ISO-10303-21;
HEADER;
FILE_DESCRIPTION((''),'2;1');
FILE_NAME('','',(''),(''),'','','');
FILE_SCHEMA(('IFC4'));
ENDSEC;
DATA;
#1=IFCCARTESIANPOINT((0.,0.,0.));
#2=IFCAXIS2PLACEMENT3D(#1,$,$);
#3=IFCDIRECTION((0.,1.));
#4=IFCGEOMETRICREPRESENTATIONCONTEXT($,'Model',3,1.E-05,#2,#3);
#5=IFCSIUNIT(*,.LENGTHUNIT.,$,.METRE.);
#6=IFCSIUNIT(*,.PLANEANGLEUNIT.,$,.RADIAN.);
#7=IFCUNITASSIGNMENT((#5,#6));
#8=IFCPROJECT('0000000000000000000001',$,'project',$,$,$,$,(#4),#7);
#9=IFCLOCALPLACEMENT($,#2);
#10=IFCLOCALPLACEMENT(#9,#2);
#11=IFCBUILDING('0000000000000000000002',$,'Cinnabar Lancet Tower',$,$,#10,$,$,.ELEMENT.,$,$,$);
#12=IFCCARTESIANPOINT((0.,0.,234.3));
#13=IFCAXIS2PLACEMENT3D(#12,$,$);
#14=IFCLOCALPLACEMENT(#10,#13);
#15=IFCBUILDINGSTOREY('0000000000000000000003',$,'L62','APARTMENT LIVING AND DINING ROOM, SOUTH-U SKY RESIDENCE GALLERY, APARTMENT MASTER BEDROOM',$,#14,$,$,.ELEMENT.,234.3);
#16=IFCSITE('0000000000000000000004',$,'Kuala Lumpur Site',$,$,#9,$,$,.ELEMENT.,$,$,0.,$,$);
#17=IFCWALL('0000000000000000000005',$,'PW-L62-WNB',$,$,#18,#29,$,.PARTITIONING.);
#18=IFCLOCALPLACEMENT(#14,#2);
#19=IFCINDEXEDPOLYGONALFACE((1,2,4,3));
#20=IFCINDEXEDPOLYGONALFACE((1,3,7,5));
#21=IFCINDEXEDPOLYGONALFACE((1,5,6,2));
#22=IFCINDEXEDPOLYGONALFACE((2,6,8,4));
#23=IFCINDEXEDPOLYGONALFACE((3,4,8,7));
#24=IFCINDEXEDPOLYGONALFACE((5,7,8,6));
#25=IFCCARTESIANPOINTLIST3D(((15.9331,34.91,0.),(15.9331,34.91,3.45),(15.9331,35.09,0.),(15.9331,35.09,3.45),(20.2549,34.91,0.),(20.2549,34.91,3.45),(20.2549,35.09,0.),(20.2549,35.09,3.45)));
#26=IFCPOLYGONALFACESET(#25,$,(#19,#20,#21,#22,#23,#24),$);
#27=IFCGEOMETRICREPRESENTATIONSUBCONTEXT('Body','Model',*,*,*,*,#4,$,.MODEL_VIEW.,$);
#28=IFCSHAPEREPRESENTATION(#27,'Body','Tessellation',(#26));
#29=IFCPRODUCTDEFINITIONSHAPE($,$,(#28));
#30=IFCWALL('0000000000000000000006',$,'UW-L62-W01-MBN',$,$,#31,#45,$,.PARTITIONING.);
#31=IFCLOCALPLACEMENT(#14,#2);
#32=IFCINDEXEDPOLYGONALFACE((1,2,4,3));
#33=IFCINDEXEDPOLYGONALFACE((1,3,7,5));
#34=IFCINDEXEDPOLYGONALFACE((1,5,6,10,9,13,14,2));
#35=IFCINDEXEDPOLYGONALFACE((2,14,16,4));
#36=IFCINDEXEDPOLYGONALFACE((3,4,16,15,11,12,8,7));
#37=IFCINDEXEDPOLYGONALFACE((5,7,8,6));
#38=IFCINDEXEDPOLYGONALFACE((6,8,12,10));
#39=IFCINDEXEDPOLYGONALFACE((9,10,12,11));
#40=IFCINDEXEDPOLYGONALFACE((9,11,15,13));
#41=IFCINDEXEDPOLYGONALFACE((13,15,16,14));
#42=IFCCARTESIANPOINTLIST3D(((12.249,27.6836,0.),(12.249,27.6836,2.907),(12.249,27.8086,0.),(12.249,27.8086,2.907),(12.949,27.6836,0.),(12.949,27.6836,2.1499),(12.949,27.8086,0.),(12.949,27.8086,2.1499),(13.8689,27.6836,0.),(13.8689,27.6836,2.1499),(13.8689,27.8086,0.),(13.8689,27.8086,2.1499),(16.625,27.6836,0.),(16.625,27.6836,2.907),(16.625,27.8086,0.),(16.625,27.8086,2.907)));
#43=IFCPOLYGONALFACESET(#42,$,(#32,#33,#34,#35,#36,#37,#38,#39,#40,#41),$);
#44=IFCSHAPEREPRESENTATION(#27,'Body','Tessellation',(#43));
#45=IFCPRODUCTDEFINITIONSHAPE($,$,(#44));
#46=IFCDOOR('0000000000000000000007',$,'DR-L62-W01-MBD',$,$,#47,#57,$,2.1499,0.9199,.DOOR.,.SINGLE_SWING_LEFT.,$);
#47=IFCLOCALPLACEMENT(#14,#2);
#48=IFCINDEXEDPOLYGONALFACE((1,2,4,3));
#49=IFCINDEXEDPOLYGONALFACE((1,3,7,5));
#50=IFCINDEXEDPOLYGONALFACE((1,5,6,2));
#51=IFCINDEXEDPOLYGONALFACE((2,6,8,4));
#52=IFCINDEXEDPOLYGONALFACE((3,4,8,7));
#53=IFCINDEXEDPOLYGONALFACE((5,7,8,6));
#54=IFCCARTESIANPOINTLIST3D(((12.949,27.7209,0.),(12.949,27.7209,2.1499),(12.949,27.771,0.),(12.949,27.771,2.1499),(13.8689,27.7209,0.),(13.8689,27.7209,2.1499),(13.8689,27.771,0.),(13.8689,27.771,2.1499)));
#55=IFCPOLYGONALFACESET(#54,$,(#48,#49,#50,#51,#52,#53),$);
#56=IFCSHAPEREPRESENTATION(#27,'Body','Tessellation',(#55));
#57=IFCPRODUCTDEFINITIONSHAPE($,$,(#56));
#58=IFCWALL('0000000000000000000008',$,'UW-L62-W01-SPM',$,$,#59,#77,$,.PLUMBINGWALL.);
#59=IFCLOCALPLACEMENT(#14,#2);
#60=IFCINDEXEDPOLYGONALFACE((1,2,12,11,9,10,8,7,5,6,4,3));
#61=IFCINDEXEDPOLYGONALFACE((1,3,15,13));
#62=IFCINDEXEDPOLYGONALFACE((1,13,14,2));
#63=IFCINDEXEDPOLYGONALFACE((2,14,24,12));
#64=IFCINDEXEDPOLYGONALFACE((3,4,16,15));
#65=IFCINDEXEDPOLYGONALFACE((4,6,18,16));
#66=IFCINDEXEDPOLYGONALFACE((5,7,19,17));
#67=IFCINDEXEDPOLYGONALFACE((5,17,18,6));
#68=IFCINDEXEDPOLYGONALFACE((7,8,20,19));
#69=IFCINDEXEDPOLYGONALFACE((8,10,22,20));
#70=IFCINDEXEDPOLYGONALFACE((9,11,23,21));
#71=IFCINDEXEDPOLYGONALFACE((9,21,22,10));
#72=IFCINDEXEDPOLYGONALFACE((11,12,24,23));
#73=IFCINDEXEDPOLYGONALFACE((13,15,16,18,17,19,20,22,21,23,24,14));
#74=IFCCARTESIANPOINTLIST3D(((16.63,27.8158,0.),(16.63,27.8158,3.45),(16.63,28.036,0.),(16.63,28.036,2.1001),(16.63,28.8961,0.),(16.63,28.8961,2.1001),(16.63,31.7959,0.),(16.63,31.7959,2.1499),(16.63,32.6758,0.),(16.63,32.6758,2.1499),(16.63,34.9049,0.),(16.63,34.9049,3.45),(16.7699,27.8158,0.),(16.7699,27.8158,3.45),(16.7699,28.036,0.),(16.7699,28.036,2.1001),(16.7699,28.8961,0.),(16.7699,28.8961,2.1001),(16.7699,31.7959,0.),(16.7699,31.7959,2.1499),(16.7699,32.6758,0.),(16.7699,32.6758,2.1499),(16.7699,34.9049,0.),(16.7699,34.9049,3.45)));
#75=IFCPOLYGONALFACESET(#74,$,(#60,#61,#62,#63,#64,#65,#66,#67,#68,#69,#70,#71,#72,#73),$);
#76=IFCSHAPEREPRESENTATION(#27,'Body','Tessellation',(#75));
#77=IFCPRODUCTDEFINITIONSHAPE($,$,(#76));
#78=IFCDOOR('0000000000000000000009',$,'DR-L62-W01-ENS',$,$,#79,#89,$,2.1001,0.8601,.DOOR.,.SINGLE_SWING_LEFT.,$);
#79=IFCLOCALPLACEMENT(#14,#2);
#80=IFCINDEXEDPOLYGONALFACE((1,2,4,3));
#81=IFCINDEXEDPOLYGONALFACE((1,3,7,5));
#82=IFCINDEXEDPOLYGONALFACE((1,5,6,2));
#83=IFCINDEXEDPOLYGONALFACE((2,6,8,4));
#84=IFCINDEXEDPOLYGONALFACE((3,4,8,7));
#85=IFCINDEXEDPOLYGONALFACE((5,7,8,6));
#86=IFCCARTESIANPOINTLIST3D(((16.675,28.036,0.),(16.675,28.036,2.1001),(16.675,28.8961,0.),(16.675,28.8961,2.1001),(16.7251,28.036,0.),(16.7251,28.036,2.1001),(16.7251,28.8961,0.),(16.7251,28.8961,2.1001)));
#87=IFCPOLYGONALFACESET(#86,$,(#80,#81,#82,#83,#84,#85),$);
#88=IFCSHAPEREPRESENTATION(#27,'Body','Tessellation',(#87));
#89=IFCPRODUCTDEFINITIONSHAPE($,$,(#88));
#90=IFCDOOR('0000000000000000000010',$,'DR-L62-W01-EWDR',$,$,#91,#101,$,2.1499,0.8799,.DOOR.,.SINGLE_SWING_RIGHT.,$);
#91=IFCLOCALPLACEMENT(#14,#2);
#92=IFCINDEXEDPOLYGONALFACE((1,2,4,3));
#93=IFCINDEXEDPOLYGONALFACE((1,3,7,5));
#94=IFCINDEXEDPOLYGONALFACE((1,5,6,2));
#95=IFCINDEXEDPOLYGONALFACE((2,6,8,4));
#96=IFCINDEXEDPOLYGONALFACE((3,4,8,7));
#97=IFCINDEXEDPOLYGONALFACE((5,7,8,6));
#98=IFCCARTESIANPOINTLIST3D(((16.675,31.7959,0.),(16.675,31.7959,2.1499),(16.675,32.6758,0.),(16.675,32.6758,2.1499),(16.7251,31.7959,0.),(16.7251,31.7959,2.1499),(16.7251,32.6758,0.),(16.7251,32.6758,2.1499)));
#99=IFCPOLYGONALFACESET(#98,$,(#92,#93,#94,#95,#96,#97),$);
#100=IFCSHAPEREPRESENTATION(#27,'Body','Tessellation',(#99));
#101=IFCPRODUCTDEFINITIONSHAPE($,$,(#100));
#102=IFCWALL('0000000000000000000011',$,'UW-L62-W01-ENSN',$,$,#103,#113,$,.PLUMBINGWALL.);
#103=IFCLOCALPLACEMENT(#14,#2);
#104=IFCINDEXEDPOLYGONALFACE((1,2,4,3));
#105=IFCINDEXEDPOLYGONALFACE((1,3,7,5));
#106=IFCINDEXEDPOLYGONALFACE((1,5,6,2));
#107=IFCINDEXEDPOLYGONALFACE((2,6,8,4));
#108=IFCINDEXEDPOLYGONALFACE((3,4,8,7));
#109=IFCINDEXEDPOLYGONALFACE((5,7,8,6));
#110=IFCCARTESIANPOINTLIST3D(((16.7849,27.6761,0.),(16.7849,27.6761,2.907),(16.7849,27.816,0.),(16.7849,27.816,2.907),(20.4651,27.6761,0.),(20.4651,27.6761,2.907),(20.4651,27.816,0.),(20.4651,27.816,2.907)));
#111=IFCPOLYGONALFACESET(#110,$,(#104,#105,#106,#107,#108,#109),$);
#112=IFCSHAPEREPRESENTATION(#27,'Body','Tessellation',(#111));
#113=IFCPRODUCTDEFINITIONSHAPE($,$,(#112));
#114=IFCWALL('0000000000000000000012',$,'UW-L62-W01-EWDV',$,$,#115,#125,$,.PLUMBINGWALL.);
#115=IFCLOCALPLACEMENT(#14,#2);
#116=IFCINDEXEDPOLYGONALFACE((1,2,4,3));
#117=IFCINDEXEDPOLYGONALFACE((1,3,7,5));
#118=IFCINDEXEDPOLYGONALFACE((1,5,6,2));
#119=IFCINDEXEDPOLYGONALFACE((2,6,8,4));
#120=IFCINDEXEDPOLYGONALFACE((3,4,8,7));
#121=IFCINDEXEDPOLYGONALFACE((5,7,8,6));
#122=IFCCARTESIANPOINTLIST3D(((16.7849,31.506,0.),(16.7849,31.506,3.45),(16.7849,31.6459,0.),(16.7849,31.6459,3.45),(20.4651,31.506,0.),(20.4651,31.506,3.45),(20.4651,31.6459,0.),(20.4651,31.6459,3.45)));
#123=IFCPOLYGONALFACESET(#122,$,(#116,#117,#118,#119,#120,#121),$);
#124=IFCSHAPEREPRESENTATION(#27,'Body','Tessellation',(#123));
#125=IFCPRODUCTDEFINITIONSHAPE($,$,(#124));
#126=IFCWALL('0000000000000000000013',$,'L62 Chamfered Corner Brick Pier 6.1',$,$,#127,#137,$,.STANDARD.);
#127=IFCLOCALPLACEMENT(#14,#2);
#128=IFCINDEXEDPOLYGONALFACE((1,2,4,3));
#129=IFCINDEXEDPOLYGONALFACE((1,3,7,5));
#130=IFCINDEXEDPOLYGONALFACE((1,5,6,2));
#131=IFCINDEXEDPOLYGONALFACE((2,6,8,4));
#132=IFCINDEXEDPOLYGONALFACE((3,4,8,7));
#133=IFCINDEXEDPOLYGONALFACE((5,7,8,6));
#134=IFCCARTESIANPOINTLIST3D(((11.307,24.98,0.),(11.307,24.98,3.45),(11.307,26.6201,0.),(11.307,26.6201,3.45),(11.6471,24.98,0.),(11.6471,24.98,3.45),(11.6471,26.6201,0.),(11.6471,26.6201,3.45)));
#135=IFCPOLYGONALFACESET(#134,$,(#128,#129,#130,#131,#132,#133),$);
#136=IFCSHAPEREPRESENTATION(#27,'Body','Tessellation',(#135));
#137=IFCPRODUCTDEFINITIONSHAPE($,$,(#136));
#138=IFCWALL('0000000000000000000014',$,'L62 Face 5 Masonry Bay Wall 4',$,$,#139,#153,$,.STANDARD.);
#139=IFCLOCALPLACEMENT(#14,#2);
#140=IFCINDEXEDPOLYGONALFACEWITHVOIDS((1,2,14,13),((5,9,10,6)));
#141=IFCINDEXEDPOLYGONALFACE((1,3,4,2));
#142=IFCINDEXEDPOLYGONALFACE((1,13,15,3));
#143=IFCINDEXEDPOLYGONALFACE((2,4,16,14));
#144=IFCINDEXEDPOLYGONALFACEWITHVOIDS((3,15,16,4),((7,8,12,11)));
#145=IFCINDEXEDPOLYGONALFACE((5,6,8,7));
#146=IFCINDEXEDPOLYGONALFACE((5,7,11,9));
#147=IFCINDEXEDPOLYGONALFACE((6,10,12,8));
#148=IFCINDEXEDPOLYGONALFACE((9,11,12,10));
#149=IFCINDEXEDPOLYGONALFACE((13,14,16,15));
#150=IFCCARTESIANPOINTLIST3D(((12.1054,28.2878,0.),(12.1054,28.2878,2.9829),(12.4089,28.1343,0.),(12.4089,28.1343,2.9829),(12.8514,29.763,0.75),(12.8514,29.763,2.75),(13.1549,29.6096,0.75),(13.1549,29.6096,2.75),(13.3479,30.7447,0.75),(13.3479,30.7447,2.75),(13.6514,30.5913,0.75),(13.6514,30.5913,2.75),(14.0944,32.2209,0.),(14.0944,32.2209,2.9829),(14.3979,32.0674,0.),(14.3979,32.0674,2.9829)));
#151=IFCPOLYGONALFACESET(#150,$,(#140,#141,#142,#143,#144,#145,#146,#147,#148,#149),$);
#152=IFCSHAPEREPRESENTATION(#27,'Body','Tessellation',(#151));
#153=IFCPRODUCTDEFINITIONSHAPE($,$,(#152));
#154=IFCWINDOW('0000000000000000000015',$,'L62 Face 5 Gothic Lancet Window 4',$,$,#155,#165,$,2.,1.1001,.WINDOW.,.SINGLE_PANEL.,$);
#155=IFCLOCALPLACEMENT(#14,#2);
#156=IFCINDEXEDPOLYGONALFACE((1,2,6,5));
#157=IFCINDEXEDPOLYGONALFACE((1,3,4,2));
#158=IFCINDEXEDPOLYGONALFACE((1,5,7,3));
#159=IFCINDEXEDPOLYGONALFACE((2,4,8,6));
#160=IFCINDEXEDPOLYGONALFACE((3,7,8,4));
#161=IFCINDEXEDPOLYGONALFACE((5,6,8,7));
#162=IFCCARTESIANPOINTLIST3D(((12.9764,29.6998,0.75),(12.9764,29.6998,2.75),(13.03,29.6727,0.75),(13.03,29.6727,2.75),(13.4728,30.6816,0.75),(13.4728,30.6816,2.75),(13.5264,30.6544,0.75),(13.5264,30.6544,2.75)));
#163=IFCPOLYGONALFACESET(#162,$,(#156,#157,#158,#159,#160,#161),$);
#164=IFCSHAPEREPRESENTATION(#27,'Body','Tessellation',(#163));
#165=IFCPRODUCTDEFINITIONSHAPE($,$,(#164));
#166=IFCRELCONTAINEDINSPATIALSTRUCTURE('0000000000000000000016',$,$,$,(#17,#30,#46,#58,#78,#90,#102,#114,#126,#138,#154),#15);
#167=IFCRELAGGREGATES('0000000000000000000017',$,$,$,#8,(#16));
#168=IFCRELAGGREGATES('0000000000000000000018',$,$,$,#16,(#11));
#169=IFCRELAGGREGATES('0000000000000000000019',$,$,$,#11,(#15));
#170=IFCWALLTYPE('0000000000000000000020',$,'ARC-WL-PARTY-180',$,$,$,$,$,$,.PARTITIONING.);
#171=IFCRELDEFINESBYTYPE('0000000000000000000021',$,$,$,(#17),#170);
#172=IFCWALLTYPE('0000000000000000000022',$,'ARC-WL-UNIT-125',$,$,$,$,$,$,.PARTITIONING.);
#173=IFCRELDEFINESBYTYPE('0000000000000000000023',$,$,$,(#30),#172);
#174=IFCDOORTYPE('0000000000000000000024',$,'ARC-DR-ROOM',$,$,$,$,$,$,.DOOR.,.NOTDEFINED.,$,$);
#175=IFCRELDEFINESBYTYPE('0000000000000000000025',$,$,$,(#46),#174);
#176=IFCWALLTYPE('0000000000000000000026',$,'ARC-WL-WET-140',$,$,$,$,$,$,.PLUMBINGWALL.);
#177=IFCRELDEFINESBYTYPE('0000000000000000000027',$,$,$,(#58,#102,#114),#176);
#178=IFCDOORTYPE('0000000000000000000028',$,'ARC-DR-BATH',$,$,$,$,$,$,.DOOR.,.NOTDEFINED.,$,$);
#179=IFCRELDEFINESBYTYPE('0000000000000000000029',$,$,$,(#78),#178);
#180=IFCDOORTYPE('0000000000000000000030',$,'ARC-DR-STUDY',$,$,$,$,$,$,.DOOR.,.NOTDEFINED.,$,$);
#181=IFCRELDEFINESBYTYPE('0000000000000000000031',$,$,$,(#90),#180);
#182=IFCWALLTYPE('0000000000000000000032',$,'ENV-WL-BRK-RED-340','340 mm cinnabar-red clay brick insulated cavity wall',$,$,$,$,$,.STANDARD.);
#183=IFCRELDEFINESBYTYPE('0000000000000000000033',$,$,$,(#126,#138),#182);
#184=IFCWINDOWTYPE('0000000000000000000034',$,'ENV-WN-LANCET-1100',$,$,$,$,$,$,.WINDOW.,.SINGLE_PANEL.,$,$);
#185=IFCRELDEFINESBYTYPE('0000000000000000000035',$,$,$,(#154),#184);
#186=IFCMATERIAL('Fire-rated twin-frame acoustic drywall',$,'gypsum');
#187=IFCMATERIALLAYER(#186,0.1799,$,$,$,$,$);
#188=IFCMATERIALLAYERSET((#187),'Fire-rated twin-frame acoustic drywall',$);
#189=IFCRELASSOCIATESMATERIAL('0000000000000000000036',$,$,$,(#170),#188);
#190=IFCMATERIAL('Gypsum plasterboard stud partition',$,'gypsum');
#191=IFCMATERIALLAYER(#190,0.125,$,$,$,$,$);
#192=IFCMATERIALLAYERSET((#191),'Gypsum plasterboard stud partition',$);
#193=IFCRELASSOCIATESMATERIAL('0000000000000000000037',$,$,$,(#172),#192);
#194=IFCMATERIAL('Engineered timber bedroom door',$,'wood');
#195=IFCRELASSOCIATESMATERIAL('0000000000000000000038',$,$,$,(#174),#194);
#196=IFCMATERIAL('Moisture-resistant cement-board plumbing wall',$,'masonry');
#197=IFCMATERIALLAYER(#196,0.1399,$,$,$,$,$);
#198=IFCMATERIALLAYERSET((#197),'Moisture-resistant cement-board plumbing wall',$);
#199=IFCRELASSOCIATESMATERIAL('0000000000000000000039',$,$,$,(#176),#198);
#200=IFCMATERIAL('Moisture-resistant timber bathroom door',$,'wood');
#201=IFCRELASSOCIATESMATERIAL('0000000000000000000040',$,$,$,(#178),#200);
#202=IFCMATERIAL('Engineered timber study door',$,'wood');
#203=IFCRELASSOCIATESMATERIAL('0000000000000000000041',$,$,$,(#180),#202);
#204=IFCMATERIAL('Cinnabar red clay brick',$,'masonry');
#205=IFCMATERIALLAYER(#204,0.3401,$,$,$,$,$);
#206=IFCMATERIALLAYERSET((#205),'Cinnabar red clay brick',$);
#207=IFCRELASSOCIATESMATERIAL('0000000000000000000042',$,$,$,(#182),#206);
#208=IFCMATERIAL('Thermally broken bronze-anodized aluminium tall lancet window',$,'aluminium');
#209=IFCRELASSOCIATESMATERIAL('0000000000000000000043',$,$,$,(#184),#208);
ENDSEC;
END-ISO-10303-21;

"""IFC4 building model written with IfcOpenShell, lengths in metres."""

from ifc_helpers import new_model, si_unit, direction, frame, frame_2d, origin, place, context, subcontext, project, spatial, rectangle, extrude, material, layer, layer_set, type_object, element, fill, save


model = new_model("IFC4")

# Units and contexts
model_context = context("Model", 3, precision=1e-05, world=origin(), true_north=direction((0.0, 1.0)))
body_context = subcontext(model_context, "Body", "Model", "MODEL_VIEW")
ifc_project = project(units=[si_unit("LENGTHUNIT", "METRE"), si_unit("PLANEANGLEUNIT", "RADIAN")], contexts=[model_context])

# Site, building, storey
site_placement = place(None, origin())
site = spatial("IfcSite", under=ifc_project, at=site_placement, Name="Kuala Lumpur Site", CompositionType="ELEMENT", RefElevation=0.0)
building_placement = place(site_placement, origin())
building = spatial("IfcBuilding", under=site, at=building_placement, Name="Cinnabar Lancet Tower", CompositionType="ELEMENT")
storey_placement = place(building_placement, frame((0.0, 0.0, 234.3)))
storey = spatial("IfcBuildingStorey", under=building, at=storey_placement, Name="L62", Description="APARTMENT LIVING AND DINING ROOM, SOUTH-U SKY RESIDENCE GALLERY, APARTMENT MASTER BEDROOM", CompositionType="ELEMENT", Elevation=234.3)

# Wall
ifc_material_1 = material(Name="Fire-rated twin-frame acoustic drywall", Category="gypsum")
ifc_layer_1 = layer(ifc_material_1, 0.1799)
ifc_layer_set_1 = layer_set([ifc_layer_1], Name="Fire-rated twin-frame acoustic drywall")
wall_type_1 = type_object("IfcWallType", Name="ARC-WL-PARTY-180", PredefinedType="PARTITIONING", material=ifc_layer_set_1)
wall_1_placement = place(storey_placement, frame((15.9331, 35.0, 0.0), z_axis=(0.0, 0.0, 1.0), x_axis=(1.0, 0.0, 0.0)))
element("IfcWall", 1, at=wall_1_placement, inside=storey, type_object=wall_type_1, Name="PW-L62-WNB", PredefinedType="PARTITIONING", context=body_context, shape_type="SweptSolid", body=[
    extrude(rectangle(XDim=4.3218, YDim=0.1799, at=frame_2d((2.1609, 0.0))), origin(), (0.0, 0.0, 1.0), 3.45),
])

# Wall, opening, door
ifc_material_2 = material(Name="Gypsum plasterboard stud partition", Category="gypsum")
ifc_layer_2 = layer(ifc_material_2, 0.125)
ifc_layer_set_2 = layer_set([ifc_layer_2], Name="Gypsum plasterboard stud partition")
wall_type_2 = type_object("IfcWallType", Name="ARC-WL-UNIT-125", PredefinedType="PARTITIONING", material=ifc_layer_set_2)
wall_2_placement = place(storey_placement, frame((12.249, 27.7461, 0.0), z_axis=(0.0, 0.0, 1.0), x_axis=(1.0, 0.0, 0.0)))
wall_2 = element("IfcWall", 2, at=wall_2_placement, inside=storey, type_object=wall_type_2, Name="UW-L62-W01-MBN", PredefinedType="PARTITIONING", context=body_context, shape_type="SweptSolid", body=[
    extrude(rectangle(XDim=4.376, YDim=0.125, at=frame_2d((2.188, 0.0))), origin(), (0.0, 0.0, 1.0), 2.907),
])
opening_1_placement = place(wall_2_placement, frame((0.7, 0.0, 0.0)))
opening_1 = element("IfcOpeningElement", 3, at=opening_1_placement, cuts=wall_2, PredefinedType="OPENING", context=body_context, shape_type="SweptSolid", body=[
    extrude(rectangle(XDim=0.9199, YDim=2.1499, at=frame_2d((0.46, 1.075))), frame((0.0, 0.0725, 0.0), z_axis=(0.0, -1.0, 0.0), x_axis=(1.0, 0.0, 0.0)), (0.0, 0.0, 1.0), 0.145),
])
ifc_material_3 = material(Name="Engineered timber bedroom door", Category="wood")
door_type_1 = type_object("IfcDoorType", Name="ARC-DR-ROOM", OperationType="NOTDEFINED", PredefinedType="DOOR", material=ifc_material_3)
door_1_placement = place(opening_1_placement, origin())
door_1 = element("IfcDoor", 4, at=door_1_placement, inside=storey, type_object=door_type_1, Name="DR-L62-W01-MBD", OperationType="SINGLE_SWING_LEFT", OverallHeight=2.1499, OverallWidth=0.9199, PredefinedType="DOOR", context=body_context, shape_type="SweptSolid", body=[
    extrude(rectangle(XDim=0.9199, YDim=2.1499, at=frame_2d((0.46, 1.075))), frame((0.0, 0.0249, 0.0), z_axis=(0.0, -1.0, 0.0), x_axis=(1.0, 0.0, 0.0)), (0.0, 0.0, 1.0), 0.05),
])
fill(opening_1, door_1)

# Wall, openings, doors
ifc_material_4 = material(Name="Moisture-resistant cement-board plumbing wall", Category="masonry")
ifc_layer_3 = layer(ifc_material_4, 0.1399)
ifc_layer_set_3 = layer_set([ifc_layer_3], Name="Moisture-resistant cement-board plumbing wall")
wall_type_3 = type_object("IfcWallType", Name="ARC-WL-WET-140", PredefinedType="PLUMBINGWALL", material=ifc_layer_set_3)
wall_3_placement = place(storey_placement, frame((16.7, 27.8159, 0.0), z_axis=(0.0, 0.0, 1.0), x_axis=(0.0, 1.0, 0.0)))
wall_3 = element("IfcWall", 5, at=wall_3_placement, inside=storey, type_object=wall_type_3, Name="UW-L62-W01-SPM", PredefinedType="PLUMBINGWALL", context=body_context, shape_type="SweptSolid", body=[
    extrude(rectangle(XDim=7.0891, YDim=0.1399, at=frame_2d((3.5444, 0.0))), origin(), (0.0, 0.0, 1.0), 3.45),
])
opening_2_placement = place(wall_3_placement, frame((0.22, 0.0, 0.0)))
opening_2 = element("IfcOpeningElement", 6, at=opening_2_placement, cuts=wall_3, PredefinedType="OPENING", context=body_context, shape_type="SweptSolid", body=[
    extrude(rectangle(XDim=0.8601, YDim=2.1001, at=frame_2d((0.4302, 1.05))), frame((0.0, 0.0798, 0.0), z_axis=(0.0, -1.0, 0.0), x_axis=(1.0, 0.0, 0.0)), (0.0, 0.0, 1.0), 0.1599),
])
opening_3_placement = place(wall_3_placement, frame((3.98, 0.0, 0.0)))
opening_3 = element("IfcOpeningElement", 7, at=opening_3_placement, cuts=wall_3, PredefinedType="OPENING", context=body_context, shape_type="SweptSolid", body=[
    extrude(rectangle(XDim=0.8799, YDim=2.1499, at=frame_2d((0.4399, 1.075))), frame((0.0, 0.0798, 0.0), z_axis=(0.0, -1.0, 0.0), x_axis=(1.0, 0.0, 0.0)), (0.0, 0.0, 1.0), 0.1599),
])
ifc_material_5 = material(Name="Moisture-resistant timber bathroom door", Category="wood")
door_type_2 = type_object("IfcDoorType", Name="ARC-DR-BATH", OperationType="NOTDEFINED", PredefinedType="DOOR", material=ifc_material_5)
door_2_placement = place(opening_2_placement, origin())
door_2 = element("IfcDoor", 8, at=door_2_placement, inside=storey, type_object=door_type_2, Name="DR-L62-W01-ENS", OperationType="SINGLE_SWING_LEFT", OverallHeight=2.1001, OverallWidth=0.8601, PredefinedType="DOOR", context=body_context, shape_type="SweptSolid", body=[
    extrude(rectangle(XDim=0.8601, YDim=2.1001, at=frame_2d((0.4302, 1.05))), frame((0.0, 0.0249, 0.0), z_axis=(0.0, -1.0, 0.0), x_axis=(1.0, 0.0, 0.0)), (0.0, 0.0, 1.0), 0.05),
])
fill(opening_2, door_2)
ifc_material_6 = material(Name="Engineered timber study door", Category="wood")
door_type_3 = type_object("IfcDoorType", Name="ARC-DR-STUDY", OperationType="NOTDEFINED", PredefinedType="DOOR", material=ifc_material_6)
door_3_placement = place(opening_3_placement, origin())
door_3 = element("IfcDoor", 9, at=door_3_placement, inside=storey, type_object=door_type_3, Name="DR-L62-W01-EWDR", OperationType="SINGLE_SWING_RIGHT", OverallHeight=2.1499, OverallWidth=0.8799, PredefinedType="DOOR", context=body_context, shape_type="SweptSolid", body=[
    extrude(rectangle(XDim=0.8799, YDim=2.1499, at=frame_2d((0.4399, 1.075))), frame((0.0, 0.0249, 0.0), z_axis=(0.0, -1.0, 0.0), x_axis=(1.0, 0.0, 0.0)), (0.0, 0.0, 1.0), 0.05),
])
fill(opening_3, door_3)

# Walls
wall_4_placement = place(storey_placement, frame((16.7849, 27.7461, 0.0), z_axis=(0.0, 0.0, 1.0), x_axis=(1.0, 0.0, 0.0)))
element("IfcWall", 10, at=wall_4_placement, inside=storey, type_object=wall_type_3, Name="UW-L62-W01-ENSN", PredefinedType="PLUMBINGWALL", context=body_context, shape_type="SweptSolid", body=[
    extrude(rectangle(XDim=3.6802, YDim=0.1399, at=frame_2d((1.8401, 0.0))), origin(), (0.0, 0.0, 1.0), 2.907),
])
wall_5_placement = place(storey_placement, frame((16.7849, 31.5759, 0.0), z_axis=(0.0, 0.0, 1.0), x_axis=(1.0, 0.0, 0.0)))
element("IfcWall", 11, at=wall_5_placement, inside=storey, type_object=wall_type_3, Name="UW-L62-W01-EWDV", PredefinedType="PLUMBINGWALL", context=body_context, shape_type="SweptSolid", body=[
    extrude(rectangle(XDim=3.6802, YDim=0.1399, at=frame_2d((1.8401, 0.0))), origin(), (0.0, 0.0, 1.0), 3.45),
])
ifc_material_7 = material(Name="Cinnabar red clay brick", Category="masonry")
ifc_layer_4 = layer(ifc_material_7, 0.3401)
ifc_layer_set_4 = layer_set([ifc_layer_4], Name="Cinnabar red clay brick")
wall_type_4 = type_object("IfcWallType", Name="ENV-WL-BRK-RED-340", Description="340 mm cinnabar-red clay brick insulated cavity wall", PredefinedType="STANDARD", material=ifc_layer_set_4)
wall_6_placement = place(storey_placement, frame((11.4771, 26.6201, 0.0), z_axis=(0.0, 0.0, 1.0), x_axis=(0.0, -1.0, 0.0)))
element("IfcWall", 12, at=wall_6_placement, inside=storey, type_object=wall_type_4, Name="L62 Chamfered Corner Brick Pier 6.1", PredefinedType="STANDARD", context=body_context, shape_type="SweptSolid", body=[
    extrude(rectangle(XDim=1.6401, YDim=0.3401, at=frame_2d((0.8201, 0.0))), origin(), (0.0, 0.0, 1.0), 3.45),
])

# Wall, opening, window
wall_7_placement = place(storey_placement, frame((14.2461, 32.144, 0.0), z_axis=(0.0, 0.0, 1.0), x_axis=(-0.451286, -0.892379, 0.0)))
wall_7 = element("IfcWall", 13, at=wall_7_placement, inside=storey, type_object=wall_type_4, Name="L62 Face 5 Masonry Bay Wall 4", PredefinedType="STANDARD", context=body_context, shape_type="SweptSolid", body=[
    extrude(rectangle(XDim=4.4075, YDim=0.3401, at=frame_2d((2.2036, 0.0))), origin(), (0.0, 0.0, 1.0), 2.9829),
])
opening_4_placement = place(wall_7_placement, frame((1.6541, 0.0, 0.75)))
opening_4 = element("IfcOpeningElement", 14, at=opening_4_placement, cuts=wall_7, PredefinedType="OPENING", context=body_context, shape_type="SweptSolid", body=[
    extrude(rectangle(XDim=1.1001, YDim=2.0, at=frame_2d((0.55, 1.0))), frame((0.0, 0.1799, 0.0), z_axis=(0.0, -1.0, 0.0), x_axis=(1.0, 0.0, 0.0)), (0.0, 0.0, 1.0), 0.3601),
])
ifc_material_8 = material(Name="Thermally broken bronze-anodized aluminium tall lancet window", Category="aluminium")
window_type = type_object("IfcWindowType", Name="ENV-WN-LANCET-1100", PartitioningType="SINGLE_PANEL", PredefinedType="WINDOW", material=ifc_material_8)
window_placement = place(opening_4_placement, origin())
window = element("IfcWindow", 15, at=window_placement, inside=storey, type_object=window_type, Name="L62 Face 5 Gothic Lancet Window 4", OverallHeight=2.0, OverallWidth=1.1001, PartitioningType="SINGLE_PANEL", PredefinedType="WINDOW", context=body_context, shape_type="SweptSolid", body=[
    extrude(rectangle(XDim=1.1001, YDim=2.0, at=frame_2d((0.55, 1.0))), frame((0.0, 0.03, 0.0), z_axis=(0.0, -1.0, 0.0), x_axis=(1.0, 0.0, 0.0)), (0.0, 0.0, 1.0), 0.0601),
])
fill(opening_4, window)

save(model, "model.ifc")
